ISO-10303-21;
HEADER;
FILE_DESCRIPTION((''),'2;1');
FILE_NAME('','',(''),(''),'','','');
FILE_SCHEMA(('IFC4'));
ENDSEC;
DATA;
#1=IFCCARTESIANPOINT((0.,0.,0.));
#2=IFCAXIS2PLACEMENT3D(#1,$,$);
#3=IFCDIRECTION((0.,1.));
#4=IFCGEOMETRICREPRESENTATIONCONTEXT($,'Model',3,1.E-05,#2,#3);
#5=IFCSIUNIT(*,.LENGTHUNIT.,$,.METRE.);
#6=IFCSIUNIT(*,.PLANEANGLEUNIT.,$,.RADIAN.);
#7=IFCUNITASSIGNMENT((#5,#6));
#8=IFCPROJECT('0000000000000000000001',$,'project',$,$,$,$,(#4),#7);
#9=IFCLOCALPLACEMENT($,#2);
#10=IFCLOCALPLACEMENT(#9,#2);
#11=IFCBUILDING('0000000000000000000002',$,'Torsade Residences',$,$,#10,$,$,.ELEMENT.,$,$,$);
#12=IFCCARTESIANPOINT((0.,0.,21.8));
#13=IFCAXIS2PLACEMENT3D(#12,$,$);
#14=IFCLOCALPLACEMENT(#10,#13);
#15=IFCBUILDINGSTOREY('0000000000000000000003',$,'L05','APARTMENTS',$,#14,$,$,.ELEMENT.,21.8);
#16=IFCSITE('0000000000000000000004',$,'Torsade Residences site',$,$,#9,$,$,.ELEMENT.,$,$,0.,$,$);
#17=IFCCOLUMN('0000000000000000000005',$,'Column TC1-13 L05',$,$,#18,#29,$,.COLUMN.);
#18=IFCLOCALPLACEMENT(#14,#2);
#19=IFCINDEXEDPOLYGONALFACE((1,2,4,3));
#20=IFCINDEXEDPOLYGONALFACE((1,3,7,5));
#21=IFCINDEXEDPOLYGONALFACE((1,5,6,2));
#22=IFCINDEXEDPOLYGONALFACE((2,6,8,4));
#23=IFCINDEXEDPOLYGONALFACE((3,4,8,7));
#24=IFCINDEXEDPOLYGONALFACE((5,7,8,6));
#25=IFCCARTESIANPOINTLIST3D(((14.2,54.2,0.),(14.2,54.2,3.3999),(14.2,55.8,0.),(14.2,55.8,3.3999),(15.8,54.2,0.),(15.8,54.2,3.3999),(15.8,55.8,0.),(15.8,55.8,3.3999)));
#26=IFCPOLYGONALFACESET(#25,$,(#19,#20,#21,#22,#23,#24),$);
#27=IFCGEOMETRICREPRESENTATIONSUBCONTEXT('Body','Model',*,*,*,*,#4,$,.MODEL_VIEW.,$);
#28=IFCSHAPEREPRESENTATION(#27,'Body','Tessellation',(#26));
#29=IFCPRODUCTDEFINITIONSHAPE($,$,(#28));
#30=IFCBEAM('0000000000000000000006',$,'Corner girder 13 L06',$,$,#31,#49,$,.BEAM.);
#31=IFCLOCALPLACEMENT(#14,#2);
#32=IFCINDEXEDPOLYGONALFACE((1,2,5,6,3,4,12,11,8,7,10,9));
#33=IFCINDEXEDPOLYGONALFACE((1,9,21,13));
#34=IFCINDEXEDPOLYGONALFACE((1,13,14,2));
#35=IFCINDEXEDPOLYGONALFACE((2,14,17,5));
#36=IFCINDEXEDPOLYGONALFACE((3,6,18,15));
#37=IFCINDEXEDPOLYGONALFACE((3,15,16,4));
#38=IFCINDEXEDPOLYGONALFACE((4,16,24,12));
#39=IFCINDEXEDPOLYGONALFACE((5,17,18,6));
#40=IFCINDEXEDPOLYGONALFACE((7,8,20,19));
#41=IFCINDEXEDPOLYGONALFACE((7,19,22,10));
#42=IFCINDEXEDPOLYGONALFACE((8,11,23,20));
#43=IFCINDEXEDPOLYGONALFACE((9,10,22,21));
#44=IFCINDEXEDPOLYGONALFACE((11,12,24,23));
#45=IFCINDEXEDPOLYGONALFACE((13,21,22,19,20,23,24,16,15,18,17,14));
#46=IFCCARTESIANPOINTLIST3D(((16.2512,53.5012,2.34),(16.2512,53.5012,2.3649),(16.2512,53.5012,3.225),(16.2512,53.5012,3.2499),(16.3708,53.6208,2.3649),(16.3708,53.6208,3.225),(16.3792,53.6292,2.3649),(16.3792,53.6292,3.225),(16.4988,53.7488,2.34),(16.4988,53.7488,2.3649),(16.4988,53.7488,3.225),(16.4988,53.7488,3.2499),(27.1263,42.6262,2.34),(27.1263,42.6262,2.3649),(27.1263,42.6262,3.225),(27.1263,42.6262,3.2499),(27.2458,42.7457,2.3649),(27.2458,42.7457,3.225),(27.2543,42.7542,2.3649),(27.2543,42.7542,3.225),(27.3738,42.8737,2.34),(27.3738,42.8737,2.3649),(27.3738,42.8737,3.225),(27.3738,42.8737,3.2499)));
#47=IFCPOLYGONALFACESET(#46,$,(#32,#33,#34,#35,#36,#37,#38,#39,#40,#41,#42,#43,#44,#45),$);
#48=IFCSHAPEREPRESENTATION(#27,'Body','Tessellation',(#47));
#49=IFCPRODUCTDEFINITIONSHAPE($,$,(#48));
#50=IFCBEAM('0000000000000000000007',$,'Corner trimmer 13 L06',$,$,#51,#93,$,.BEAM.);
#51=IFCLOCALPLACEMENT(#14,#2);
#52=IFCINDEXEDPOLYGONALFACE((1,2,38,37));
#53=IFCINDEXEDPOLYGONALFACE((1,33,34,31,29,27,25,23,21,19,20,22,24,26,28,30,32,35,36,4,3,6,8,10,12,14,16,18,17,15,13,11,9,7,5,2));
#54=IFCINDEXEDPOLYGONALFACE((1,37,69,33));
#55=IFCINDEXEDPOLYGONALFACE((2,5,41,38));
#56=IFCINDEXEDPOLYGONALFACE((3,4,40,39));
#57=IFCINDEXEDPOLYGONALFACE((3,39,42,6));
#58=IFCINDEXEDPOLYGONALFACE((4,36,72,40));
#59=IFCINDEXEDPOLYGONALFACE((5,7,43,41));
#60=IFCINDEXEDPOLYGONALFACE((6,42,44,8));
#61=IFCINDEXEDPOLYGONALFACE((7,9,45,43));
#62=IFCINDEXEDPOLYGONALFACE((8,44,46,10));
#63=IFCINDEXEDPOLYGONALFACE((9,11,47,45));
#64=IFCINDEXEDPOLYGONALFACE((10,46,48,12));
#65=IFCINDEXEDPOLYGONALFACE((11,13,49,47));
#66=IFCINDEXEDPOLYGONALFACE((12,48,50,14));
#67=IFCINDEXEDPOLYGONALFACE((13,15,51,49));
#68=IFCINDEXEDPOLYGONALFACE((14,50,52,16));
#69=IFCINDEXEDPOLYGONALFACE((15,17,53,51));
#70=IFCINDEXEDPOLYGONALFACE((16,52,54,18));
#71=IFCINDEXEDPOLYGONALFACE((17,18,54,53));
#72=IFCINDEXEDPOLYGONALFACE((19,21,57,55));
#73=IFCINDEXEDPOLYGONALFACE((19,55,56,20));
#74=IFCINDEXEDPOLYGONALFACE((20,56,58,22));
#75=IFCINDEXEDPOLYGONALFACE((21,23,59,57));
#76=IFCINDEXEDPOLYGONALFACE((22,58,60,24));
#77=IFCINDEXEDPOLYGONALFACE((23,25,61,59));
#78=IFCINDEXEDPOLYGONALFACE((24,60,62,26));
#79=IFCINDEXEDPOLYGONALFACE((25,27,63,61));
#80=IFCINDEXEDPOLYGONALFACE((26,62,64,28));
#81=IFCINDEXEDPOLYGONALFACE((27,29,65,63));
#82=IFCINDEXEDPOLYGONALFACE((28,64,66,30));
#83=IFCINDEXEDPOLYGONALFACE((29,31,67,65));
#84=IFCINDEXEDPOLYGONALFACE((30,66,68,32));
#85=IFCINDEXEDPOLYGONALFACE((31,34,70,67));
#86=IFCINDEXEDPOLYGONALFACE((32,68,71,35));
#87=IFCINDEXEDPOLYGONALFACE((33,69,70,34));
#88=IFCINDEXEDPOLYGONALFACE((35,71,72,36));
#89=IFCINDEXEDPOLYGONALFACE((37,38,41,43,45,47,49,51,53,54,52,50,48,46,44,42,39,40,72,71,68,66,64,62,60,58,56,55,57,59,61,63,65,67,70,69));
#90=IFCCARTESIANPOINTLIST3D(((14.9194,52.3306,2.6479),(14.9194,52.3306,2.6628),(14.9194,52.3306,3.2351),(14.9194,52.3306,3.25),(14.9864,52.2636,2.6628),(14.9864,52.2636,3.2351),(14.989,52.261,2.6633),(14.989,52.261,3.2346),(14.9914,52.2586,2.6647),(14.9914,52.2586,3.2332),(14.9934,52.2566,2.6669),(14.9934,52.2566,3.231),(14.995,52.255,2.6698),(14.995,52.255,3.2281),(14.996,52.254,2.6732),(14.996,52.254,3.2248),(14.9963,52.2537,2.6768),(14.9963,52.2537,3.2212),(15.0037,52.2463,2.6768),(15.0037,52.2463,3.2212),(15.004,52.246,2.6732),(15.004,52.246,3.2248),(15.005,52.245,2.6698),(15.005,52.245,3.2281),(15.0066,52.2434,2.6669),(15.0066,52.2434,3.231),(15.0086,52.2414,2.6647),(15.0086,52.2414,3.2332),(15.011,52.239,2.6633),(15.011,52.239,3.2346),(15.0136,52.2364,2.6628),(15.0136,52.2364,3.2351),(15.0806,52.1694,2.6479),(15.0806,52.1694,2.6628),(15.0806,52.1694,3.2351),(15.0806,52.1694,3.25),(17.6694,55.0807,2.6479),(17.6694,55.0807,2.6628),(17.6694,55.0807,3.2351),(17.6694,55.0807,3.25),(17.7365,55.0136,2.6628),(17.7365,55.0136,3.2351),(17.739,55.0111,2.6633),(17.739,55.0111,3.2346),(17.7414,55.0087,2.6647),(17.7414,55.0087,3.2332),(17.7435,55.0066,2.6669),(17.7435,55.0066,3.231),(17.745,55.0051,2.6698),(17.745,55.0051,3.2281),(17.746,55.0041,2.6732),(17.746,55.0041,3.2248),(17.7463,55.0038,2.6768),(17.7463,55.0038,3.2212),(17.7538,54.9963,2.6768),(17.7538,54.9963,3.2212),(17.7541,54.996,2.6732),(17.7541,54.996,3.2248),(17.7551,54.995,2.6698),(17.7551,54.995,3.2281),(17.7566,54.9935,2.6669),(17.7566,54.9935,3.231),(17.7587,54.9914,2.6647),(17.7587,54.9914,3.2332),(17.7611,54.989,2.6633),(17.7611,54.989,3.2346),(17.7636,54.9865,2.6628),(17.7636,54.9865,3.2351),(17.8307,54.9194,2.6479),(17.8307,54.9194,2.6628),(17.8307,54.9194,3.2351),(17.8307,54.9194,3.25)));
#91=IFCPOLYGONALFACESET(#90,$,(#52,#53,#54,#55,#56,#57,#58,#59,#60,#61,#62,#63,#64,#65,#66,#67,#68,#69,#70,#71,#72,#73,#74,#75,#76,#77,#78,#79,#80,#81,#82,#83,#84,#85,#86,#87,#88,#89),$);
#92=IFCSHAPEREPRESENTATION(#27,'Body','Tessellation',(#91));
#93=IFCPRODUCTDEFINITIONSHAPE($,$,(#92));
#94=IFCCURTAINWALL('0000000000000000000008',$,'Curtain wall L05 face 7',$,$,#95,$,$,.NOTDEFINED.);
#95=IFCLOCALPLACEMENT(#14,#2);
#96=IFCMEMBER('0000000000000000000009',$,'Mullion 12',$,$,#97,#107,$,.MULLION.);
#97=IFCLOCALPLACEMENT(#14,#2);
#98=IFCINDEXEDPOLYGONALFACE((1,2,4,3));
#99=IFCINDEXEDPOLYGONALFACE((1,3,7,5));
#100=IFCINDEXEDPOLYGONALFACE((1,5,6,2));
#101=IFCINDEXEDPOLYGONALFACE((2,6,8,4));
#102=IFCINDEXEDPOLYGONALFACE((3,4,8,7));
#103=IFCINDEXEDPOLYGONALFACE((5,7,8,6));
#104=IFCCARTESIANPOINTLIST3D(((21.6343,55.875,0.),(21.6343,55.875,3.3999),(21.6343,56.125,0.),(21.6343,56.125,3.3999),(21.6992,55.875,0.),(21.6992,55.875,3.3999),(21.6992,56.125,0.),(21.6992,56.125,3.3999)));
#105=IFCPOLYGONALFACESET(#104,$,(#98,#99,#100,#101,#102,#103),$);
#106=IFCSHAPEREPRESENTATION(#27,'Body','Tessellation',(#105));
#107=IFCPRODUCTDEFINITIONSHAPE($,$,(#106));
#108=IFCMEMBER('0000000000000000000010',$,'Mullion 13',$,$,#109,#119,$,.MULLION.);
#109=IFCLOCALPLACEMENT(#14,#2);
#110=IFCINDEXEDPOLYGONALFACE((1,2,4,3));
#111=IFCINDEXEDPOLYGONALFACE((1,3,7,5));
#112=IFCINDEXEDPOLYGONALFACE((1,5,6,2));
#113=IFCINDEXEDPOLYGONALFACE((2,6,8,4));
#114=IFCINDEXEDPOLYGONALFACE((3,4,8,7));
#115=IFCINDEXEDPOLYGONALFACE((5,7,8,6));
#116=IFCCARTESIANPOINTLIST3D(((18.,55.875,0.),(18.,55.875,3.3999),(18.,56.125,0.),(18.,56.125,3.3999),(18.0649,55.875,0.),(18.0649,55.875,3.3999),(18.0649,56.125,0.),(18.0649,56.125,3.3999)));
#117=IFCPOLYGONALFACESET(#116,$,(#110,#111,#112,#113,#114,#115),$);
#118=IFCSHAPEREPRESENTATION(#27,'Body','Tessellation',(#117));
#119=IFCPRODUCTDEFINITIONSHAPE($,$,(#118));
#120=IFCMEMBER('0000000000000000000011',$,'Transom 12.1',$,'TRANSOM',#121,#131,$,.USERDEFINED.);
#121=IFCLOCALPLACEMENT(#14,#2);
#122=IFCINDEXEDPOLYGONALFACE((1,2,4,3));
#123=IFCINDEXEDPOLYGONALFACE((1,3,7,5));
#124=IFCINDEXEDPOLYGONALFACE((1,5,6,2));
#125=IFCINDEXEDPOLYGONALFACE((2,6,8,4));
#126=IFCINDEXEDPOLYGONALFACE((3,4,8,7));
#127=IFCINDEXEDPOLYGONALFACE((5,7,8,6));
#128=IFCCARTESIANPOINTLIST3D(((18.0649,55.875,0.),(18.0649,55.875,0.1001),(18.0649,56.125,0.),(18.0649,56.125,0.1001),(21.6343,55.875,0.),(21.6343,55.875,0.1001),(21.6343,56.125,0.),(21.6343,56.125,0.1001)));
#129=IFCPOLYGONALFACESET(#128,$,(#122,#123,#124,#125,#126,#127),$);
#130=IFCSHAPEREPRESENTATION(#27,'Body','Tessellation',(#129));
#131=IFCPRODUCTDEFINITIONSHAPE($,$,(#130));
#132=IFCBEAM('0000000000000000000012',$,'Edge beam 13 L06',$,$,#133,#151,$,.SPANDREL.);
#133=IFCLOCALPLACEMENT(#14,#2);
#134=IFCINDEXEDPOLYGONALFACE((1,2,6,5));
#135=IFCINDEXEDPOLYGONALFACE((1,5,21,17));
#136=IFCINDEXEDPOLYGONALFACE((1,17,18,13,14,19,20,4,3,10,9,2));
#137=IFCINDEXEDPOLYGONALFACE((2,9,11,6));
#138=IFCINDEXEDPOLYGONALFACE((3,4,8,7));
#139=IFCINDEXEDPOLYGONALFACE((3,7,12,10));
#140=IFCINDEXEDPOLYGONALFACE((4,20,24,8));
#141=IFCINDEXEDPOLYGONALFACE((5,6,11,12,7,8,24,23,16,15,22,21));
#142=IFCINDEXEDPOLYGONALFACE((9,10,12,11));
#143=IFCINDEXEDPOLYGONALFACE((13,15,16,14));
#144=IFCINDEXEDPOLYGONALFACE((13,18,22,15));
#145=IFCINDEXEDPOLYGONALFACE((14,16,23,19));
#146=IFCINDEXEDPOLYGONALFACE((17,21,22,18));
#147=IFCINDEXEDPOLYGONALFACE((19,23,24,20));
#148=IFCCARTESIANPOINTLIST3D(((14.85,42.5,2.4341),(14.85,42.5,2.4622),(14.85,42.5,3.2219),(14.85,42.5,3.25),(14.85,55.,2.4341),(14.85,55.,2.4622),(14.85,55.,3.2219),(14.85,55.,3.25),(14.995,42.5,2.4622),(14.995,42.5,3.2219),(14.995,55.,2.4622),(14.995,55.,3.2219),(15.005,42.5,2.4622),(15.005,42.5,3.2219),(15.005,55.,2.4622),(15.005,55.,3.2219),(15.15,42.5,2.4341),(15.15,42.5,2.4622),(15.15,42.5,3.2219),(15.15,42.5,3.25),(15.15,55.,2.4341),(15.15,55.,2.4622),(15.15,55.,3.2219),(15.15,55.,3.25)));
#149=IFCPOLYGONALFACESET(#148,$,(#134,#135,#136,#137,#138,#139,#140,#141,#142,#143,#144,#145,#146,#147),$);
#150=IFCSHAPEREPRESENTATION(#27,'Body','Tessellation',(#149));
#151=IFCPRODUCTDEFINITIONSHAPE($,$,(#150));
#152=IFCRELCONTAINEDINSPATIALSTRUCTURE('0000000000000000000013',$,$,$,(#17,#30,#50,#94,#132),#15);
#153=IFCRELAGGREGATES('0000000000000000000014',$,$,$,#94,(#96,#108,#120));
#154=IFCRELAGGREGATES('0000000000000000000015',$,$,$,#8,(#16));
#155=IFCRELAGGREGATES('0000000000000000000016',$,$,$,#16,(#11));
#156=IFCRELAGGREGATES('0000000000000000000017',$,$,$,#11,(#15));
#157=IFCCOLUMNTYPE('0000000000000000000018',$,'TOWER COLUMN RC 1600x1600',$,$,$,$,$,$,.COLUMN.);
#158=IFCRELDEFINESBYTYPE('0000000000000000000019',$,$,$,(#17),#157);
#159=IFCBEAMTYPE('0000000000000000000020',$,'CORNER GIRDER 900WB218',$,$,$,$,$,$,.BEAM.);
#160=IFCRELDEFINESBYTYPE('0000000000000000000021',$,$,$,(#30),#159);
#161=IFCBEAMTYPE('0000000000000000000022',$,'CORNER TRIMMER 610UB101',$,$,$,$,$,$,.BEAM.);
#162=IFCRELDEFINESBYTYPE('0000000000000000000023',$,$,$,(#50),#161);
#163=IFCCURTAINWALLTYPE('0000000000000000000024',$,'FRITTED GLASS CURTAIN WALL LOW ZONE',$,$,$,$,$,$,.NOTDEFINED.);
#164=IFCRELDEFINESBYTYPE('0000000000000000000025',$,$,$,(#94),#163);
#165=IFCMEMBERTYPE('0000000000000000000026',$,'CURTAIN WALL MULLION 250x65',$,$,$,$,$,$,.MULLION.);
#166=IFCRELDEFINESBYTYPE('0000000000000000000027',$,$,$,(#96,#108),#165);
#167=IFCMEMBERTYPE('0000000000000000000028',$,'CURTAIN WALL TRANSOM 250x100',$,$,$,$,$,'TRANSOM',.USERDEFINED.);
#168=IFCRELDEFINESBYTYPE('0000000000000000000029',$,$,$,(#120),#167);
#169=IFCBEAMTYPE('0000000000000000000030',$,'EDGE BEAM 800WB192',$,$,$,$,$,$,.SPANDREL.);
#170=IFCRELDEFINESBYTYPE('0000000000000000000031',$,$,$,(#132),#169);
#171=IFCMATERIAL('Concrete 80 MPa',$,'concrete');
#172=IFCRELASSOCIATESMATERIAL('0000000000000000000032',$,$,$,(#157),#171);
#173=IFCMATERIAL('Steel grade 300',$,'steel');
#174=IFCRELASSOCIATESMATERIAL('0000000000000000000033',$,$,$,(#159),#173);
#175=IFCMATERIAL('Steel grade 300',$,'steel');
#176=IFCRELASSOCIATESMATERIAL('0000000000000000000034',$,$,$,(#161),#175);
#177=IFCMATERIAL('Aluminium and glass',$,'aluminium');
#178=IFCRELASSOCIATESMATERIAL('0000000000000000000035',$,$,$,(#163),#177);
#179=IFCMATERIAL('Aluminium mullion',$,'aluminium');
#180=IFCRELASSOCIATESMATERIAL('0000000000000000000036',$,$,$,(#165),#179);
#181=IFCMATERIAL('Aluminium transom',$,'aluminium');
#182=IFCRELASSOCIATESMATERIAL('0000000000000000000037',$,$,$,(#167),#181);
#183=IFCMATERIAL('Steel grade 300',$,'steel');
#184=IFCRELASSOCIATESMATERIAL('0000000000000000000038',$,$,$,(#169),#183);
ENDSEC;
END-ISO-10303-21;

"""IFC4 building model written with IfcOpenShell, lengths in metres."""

from ifc_helpers import new_model, si_unit, direction, frame, origin, origin_2d, place, context, subcontext, project, spatial, rectangle, i_section, extrude, material, material_profile, profile_set, type_object, element, aggregate, save


model = new_model("IFC4")

# Units and contexts
model_context = context("Model", 3, precision=1e-05, world=origin(), true_north=direction((0.0, 1.0)))
body_context = subcontext(model_context, "Body", "Model", "MODEL_VIEW")
ifc_project = project(units=[si_unit("LENGTHUNIT", "METRE"), si_unit("PLANEANGLEUNIT", "RADIAN")], contexts=[model_context])

# Site, building, storey
site_placement = place(None, origin())
site = spatial("IfcSite", under=ifc_project, at=site_placement, Name="Torsade Residences site", CompositionType="ELEMENT", RefElevation=0.0)
building_placement = place(site_placement, origin())
building = spatial("IfcBuilding", under=site, at=building_placement, Name="Torsade Residences", CompositionType="ELEMENT")
storey_placement = place(building_placement, frame((0.0, 0.0, 21.8)))
storey = spatial("IfcBuildingStorey", under=building, at=storey_placement, Name="L05", Description="APARTMENTS", CompositionType="ELEMENT", Elevation=21.8)

# Column
ifc_material_1 = material(Name="Concrete 80 MPa", Category="concrete")
ifc_material_profile_1 = material_profile(ifc_material_1, rectangle(XDim=1.6001, YDim=1.6001, at=origin_2d()), Name="RC 1600x1600")
ifc_profile_set_1 = profile_set([ifc_material_profile_1], Name="Concrete 80 MPa")
column_type = type_object("IfcColumnType", Name="TOWER COLUMN RC 1600x1600", PredefinedType="COLUMN", material=ifc_profile_set_1)
column_placement = place(storey_placement, frame((15.0, 55.0, 0.0), z_axis=(0.0, 0.0, 1.0), x_axis=(1.0, 0.0, 0.0)))
element("IfcColumn", 1, at=column_placement, inside=storey, type_object=column_type, Name="Column TC1-13 L05", PredefinedType="COLUMN", context=body_context, shape_type="SweptSolid", body=[
    extrude(rectangle(XDim=1.6001, YDim=1.6001, at=origin_2d()), origin(), (0.0, 0.0, 1.0), 3.3999),
])

# Beams
ifc_material_2 = material(Name="Steel grade 300", Category="steel")
ifc_material_profile_2 = material_profile(ifc_material_2, i_section(OverallWidth=0.3501, OverallDepth=0.9099, WebThickness=0.012, FlangeThickness=0.0249, at=origin_2d()), Name="900WB218")
ifc_profile_set_2 = profile_set([ifc_material_profile_2], Name="Steel grade 300")
beam_type_1 = type_object("IfcBeamType", Name="CORNER GIRDER 900WB218", PredefinedType="BEAM", material=ifc_profile_set_2)
beam_1_placement = place(storey_placement, frame((16.375, 53.625, 2.7949), z_axis=(0.707107, -0.707107, 0.0), x_axis=(0.707107, 0.707107, 0.0)))
element("IfcBeam", 2, at=beam_1_placement, inside=storey, type_object=beam_type_1, Name="Corner girder 13 L06", PredefinedType="BEAM", context=body_context, shape_type="SweptSolid", body=[
    extrude(i_section(OverallWidth=0.3501, OverallDepth=0.9099, WebThickness=0.012, FlangeThickness=0.0249, at=origin_2d()), origin(), (0.0, 0.0, 1.0), 15.3796),
])
ifc_material_3 = material(Name="Steel grade 300", Category="steel")
ifc_material_profile_3 = material_profile(ifc_material_3, i_section(OverallWidth=0.228, OverallDepth=0.6021, WebThickness=0.0105, FlangeThickness=0.0149, FilletRadius=0.0139, at=origin_2d()), Name="610UB101")
ifc_profile_set_3 = profile_set([ifc_material_profile_3], Name="Steel grade 300")
beam_type_2 = type_object("IfcBeamType", Name="CORNER TRIMMER 610UB101", PredefinedType="BEAM", material=ifc_profile_set_3)
beam_2_placement = place(storey_placement, frame((15.0, 52.25, 2.949), z_axis=(0.707107, 0.707107, 0.0), x_axis=(-0.707107, 0.707107, 0.0)))
element("IfcBeam", 3, at=beam_2_placement, inside=storey, type_object=beam_type_2, Name="Corner trimmer 13 L06", PredefinedType="BEAM", context=body_context, shape_type="SweptSolid", body=[
    extrude(i_section(OverallWidth=0.228, OverallDepth=0.6021, WebThickness=0.0105, FlangeThickness=0.0149, FilletRadius=0.0139, at=origin_2d()), origin(), (0.0, 0.0, 1.0), 3.8892),
])

# Curtain wall, members
ifc_material_4 = material(Name="Aluminium and glass", Category="aluminium")
curtain_wall_type = type_object("IfcCurtainWallType", Name="FRITTED GLASS CURTAIN WALL LOW ZONE", PredefinedType="NOTDEFINED", material=ifc_material_4)
curtain_wall_placement = place(storey_placement, origin())
curtain_wall = element("IfcCurtainWall", 4, at=curtain_wall_placement, inside=storey, type_object=curtain_wall_type, Name="Curtain wall L05 face 7", PredefinedType="NOTDEFINED")
ifc_material_5 = material(Name="Aluminium mullion", Category="aluminium")
ifc_material_profile_4 = material_profile(ifc_material_5, rectangle(XDim=0.25, YDim=0.0649, at=origin_2d()), Name="CURTAIN WALL MULLION 250x65")
ifc_profile_set_4 = profile_set([ifc_material_profile_4], Name="Aluminium mullion")
member_type_1 = type_object("IfcMemberType", Name="CURTAIN WALL MULLION 250x65", PredefinedType="MULLION", material=ifc_profile_set_4)
member_1_placement = place(storey_placement, frame((21.6667, 56.0, 0.0), z_axis=(0.0, 0.0, 1.0), x_axis=(0.0, -1.0, 0.0)))
member_1 = element("IfcMember", 5, at=member_1_placement, type_object=member_type_1, Name="Mullion 12", PredefinedType="MULLION", context=body_context, shape_type="SweptSolid", body=[
    extrude(rectangle(XDim=0.25, YDim=0.0649, at=origin_2d()), origin(), (0.0, 0.0, 1.0), 3.3999),
])
member_2_placement = place(storey_placement, frame((18.0325, 56.0, 0.0), z_axis=(0.0, 0.0, 1.0), x_axis=(0.0, -1.0, 0.0)))
member_2 = element("IfcMember", 6, at=member_2_placement, type_object=member_type_1, Name="Mullion 13", PredefinedType="MULLION", context=body_context, shape_type="SweptSolid", body=[
    extrude(rectangle(XDim=0.25, YDim=0.0649, at=origin_2d()), origin(), (0.0, 0.0, 1.0), 3.3999),
])
ifc_material_6 = material(Name="Aluminium transom", Category="aluminium")
ifc_material_profile_5 = material_profile(ifc_material_6, rectangle(XDim=0.25, YDim=0.1001, at=origin_2d()), Name="CURTAIN WALL TRANSOM 250x100")
ifc_profile_set_5 = profile_set([ifc_material_profile_5], Name="Aluminium transom")
member_type_2 = type_object("IfcMemberType", Name="CURTAIN WALL TRANSOM 250x100", ElementType="TRANSOM", PredefinedType="USERDEFINED", material=ifc_profile_set_5)
member_3_placement = place(storey_placement, frame((21.6343, 56.0, 0.05), z_axis=(-1.0, 0.0, 0.0), x_axis=(0.0, -1.0, 0.0)))
member_3 = element("IfcMember", 7, at=member_3_placement, type_object=member_type_2, Name="Transom 12.1", ObjectType="TRANSOM", PredefinedType="USERDEFINED", context=body_context, shape_type="SweptSolid", body=[
    extrude(rectangle(XDim=0.25, YDim=0.1001, at=origin_2d()), origin(), (0.0, 0.0, 1.0), 3.5693),
])

# Beam
ifc_material_7 = material(Name="Steel grade 300", Category="steel")
ifc_material_profile_6 = material_profile(ifc_material_7, i_section(OverallWidth=0.3, OverallDepth=0.8159, WebThickness=0.01, FlangeThickness=0.0281, at=origin_2d()), Name="800WB192")
ifc_profile_set_6 = profile_set([ifc_material_profile_6], Name="Steel grade 300")
beam_type_3 = type_object("IfcBeamType", Name="EDGE BEAM 800WB192", PredefinedType="SPANDREL", material=ifc_profile_set_6)
beam_3_placement = place(storey_placement, frame((15.0, 55.0, 2.842), z_axis=(0.0, -1.0, 0.0), x_axis=(1.0, 0.0, 0.0)))
element("IfcBeam", 8, at=beam_3_placement, inside=storey, type_object=beam_type_3, Name="Edge beam 13 L06", PredefinedType="SPANDREL", context=body_context, shape_type="SweptSolid", body=[
    extrude(i_section(OverallWidth=0.3, OverallDepth=0.8159, WebThickness=0.01, FlangeThickness=0.0281, at=origin_2d()), origin(), (0.0, 0.0, 1.0), 12.5),
])

aggregate(curtain_wall, [member_1, member_2, member_3])

save(model, "model.ifc")
